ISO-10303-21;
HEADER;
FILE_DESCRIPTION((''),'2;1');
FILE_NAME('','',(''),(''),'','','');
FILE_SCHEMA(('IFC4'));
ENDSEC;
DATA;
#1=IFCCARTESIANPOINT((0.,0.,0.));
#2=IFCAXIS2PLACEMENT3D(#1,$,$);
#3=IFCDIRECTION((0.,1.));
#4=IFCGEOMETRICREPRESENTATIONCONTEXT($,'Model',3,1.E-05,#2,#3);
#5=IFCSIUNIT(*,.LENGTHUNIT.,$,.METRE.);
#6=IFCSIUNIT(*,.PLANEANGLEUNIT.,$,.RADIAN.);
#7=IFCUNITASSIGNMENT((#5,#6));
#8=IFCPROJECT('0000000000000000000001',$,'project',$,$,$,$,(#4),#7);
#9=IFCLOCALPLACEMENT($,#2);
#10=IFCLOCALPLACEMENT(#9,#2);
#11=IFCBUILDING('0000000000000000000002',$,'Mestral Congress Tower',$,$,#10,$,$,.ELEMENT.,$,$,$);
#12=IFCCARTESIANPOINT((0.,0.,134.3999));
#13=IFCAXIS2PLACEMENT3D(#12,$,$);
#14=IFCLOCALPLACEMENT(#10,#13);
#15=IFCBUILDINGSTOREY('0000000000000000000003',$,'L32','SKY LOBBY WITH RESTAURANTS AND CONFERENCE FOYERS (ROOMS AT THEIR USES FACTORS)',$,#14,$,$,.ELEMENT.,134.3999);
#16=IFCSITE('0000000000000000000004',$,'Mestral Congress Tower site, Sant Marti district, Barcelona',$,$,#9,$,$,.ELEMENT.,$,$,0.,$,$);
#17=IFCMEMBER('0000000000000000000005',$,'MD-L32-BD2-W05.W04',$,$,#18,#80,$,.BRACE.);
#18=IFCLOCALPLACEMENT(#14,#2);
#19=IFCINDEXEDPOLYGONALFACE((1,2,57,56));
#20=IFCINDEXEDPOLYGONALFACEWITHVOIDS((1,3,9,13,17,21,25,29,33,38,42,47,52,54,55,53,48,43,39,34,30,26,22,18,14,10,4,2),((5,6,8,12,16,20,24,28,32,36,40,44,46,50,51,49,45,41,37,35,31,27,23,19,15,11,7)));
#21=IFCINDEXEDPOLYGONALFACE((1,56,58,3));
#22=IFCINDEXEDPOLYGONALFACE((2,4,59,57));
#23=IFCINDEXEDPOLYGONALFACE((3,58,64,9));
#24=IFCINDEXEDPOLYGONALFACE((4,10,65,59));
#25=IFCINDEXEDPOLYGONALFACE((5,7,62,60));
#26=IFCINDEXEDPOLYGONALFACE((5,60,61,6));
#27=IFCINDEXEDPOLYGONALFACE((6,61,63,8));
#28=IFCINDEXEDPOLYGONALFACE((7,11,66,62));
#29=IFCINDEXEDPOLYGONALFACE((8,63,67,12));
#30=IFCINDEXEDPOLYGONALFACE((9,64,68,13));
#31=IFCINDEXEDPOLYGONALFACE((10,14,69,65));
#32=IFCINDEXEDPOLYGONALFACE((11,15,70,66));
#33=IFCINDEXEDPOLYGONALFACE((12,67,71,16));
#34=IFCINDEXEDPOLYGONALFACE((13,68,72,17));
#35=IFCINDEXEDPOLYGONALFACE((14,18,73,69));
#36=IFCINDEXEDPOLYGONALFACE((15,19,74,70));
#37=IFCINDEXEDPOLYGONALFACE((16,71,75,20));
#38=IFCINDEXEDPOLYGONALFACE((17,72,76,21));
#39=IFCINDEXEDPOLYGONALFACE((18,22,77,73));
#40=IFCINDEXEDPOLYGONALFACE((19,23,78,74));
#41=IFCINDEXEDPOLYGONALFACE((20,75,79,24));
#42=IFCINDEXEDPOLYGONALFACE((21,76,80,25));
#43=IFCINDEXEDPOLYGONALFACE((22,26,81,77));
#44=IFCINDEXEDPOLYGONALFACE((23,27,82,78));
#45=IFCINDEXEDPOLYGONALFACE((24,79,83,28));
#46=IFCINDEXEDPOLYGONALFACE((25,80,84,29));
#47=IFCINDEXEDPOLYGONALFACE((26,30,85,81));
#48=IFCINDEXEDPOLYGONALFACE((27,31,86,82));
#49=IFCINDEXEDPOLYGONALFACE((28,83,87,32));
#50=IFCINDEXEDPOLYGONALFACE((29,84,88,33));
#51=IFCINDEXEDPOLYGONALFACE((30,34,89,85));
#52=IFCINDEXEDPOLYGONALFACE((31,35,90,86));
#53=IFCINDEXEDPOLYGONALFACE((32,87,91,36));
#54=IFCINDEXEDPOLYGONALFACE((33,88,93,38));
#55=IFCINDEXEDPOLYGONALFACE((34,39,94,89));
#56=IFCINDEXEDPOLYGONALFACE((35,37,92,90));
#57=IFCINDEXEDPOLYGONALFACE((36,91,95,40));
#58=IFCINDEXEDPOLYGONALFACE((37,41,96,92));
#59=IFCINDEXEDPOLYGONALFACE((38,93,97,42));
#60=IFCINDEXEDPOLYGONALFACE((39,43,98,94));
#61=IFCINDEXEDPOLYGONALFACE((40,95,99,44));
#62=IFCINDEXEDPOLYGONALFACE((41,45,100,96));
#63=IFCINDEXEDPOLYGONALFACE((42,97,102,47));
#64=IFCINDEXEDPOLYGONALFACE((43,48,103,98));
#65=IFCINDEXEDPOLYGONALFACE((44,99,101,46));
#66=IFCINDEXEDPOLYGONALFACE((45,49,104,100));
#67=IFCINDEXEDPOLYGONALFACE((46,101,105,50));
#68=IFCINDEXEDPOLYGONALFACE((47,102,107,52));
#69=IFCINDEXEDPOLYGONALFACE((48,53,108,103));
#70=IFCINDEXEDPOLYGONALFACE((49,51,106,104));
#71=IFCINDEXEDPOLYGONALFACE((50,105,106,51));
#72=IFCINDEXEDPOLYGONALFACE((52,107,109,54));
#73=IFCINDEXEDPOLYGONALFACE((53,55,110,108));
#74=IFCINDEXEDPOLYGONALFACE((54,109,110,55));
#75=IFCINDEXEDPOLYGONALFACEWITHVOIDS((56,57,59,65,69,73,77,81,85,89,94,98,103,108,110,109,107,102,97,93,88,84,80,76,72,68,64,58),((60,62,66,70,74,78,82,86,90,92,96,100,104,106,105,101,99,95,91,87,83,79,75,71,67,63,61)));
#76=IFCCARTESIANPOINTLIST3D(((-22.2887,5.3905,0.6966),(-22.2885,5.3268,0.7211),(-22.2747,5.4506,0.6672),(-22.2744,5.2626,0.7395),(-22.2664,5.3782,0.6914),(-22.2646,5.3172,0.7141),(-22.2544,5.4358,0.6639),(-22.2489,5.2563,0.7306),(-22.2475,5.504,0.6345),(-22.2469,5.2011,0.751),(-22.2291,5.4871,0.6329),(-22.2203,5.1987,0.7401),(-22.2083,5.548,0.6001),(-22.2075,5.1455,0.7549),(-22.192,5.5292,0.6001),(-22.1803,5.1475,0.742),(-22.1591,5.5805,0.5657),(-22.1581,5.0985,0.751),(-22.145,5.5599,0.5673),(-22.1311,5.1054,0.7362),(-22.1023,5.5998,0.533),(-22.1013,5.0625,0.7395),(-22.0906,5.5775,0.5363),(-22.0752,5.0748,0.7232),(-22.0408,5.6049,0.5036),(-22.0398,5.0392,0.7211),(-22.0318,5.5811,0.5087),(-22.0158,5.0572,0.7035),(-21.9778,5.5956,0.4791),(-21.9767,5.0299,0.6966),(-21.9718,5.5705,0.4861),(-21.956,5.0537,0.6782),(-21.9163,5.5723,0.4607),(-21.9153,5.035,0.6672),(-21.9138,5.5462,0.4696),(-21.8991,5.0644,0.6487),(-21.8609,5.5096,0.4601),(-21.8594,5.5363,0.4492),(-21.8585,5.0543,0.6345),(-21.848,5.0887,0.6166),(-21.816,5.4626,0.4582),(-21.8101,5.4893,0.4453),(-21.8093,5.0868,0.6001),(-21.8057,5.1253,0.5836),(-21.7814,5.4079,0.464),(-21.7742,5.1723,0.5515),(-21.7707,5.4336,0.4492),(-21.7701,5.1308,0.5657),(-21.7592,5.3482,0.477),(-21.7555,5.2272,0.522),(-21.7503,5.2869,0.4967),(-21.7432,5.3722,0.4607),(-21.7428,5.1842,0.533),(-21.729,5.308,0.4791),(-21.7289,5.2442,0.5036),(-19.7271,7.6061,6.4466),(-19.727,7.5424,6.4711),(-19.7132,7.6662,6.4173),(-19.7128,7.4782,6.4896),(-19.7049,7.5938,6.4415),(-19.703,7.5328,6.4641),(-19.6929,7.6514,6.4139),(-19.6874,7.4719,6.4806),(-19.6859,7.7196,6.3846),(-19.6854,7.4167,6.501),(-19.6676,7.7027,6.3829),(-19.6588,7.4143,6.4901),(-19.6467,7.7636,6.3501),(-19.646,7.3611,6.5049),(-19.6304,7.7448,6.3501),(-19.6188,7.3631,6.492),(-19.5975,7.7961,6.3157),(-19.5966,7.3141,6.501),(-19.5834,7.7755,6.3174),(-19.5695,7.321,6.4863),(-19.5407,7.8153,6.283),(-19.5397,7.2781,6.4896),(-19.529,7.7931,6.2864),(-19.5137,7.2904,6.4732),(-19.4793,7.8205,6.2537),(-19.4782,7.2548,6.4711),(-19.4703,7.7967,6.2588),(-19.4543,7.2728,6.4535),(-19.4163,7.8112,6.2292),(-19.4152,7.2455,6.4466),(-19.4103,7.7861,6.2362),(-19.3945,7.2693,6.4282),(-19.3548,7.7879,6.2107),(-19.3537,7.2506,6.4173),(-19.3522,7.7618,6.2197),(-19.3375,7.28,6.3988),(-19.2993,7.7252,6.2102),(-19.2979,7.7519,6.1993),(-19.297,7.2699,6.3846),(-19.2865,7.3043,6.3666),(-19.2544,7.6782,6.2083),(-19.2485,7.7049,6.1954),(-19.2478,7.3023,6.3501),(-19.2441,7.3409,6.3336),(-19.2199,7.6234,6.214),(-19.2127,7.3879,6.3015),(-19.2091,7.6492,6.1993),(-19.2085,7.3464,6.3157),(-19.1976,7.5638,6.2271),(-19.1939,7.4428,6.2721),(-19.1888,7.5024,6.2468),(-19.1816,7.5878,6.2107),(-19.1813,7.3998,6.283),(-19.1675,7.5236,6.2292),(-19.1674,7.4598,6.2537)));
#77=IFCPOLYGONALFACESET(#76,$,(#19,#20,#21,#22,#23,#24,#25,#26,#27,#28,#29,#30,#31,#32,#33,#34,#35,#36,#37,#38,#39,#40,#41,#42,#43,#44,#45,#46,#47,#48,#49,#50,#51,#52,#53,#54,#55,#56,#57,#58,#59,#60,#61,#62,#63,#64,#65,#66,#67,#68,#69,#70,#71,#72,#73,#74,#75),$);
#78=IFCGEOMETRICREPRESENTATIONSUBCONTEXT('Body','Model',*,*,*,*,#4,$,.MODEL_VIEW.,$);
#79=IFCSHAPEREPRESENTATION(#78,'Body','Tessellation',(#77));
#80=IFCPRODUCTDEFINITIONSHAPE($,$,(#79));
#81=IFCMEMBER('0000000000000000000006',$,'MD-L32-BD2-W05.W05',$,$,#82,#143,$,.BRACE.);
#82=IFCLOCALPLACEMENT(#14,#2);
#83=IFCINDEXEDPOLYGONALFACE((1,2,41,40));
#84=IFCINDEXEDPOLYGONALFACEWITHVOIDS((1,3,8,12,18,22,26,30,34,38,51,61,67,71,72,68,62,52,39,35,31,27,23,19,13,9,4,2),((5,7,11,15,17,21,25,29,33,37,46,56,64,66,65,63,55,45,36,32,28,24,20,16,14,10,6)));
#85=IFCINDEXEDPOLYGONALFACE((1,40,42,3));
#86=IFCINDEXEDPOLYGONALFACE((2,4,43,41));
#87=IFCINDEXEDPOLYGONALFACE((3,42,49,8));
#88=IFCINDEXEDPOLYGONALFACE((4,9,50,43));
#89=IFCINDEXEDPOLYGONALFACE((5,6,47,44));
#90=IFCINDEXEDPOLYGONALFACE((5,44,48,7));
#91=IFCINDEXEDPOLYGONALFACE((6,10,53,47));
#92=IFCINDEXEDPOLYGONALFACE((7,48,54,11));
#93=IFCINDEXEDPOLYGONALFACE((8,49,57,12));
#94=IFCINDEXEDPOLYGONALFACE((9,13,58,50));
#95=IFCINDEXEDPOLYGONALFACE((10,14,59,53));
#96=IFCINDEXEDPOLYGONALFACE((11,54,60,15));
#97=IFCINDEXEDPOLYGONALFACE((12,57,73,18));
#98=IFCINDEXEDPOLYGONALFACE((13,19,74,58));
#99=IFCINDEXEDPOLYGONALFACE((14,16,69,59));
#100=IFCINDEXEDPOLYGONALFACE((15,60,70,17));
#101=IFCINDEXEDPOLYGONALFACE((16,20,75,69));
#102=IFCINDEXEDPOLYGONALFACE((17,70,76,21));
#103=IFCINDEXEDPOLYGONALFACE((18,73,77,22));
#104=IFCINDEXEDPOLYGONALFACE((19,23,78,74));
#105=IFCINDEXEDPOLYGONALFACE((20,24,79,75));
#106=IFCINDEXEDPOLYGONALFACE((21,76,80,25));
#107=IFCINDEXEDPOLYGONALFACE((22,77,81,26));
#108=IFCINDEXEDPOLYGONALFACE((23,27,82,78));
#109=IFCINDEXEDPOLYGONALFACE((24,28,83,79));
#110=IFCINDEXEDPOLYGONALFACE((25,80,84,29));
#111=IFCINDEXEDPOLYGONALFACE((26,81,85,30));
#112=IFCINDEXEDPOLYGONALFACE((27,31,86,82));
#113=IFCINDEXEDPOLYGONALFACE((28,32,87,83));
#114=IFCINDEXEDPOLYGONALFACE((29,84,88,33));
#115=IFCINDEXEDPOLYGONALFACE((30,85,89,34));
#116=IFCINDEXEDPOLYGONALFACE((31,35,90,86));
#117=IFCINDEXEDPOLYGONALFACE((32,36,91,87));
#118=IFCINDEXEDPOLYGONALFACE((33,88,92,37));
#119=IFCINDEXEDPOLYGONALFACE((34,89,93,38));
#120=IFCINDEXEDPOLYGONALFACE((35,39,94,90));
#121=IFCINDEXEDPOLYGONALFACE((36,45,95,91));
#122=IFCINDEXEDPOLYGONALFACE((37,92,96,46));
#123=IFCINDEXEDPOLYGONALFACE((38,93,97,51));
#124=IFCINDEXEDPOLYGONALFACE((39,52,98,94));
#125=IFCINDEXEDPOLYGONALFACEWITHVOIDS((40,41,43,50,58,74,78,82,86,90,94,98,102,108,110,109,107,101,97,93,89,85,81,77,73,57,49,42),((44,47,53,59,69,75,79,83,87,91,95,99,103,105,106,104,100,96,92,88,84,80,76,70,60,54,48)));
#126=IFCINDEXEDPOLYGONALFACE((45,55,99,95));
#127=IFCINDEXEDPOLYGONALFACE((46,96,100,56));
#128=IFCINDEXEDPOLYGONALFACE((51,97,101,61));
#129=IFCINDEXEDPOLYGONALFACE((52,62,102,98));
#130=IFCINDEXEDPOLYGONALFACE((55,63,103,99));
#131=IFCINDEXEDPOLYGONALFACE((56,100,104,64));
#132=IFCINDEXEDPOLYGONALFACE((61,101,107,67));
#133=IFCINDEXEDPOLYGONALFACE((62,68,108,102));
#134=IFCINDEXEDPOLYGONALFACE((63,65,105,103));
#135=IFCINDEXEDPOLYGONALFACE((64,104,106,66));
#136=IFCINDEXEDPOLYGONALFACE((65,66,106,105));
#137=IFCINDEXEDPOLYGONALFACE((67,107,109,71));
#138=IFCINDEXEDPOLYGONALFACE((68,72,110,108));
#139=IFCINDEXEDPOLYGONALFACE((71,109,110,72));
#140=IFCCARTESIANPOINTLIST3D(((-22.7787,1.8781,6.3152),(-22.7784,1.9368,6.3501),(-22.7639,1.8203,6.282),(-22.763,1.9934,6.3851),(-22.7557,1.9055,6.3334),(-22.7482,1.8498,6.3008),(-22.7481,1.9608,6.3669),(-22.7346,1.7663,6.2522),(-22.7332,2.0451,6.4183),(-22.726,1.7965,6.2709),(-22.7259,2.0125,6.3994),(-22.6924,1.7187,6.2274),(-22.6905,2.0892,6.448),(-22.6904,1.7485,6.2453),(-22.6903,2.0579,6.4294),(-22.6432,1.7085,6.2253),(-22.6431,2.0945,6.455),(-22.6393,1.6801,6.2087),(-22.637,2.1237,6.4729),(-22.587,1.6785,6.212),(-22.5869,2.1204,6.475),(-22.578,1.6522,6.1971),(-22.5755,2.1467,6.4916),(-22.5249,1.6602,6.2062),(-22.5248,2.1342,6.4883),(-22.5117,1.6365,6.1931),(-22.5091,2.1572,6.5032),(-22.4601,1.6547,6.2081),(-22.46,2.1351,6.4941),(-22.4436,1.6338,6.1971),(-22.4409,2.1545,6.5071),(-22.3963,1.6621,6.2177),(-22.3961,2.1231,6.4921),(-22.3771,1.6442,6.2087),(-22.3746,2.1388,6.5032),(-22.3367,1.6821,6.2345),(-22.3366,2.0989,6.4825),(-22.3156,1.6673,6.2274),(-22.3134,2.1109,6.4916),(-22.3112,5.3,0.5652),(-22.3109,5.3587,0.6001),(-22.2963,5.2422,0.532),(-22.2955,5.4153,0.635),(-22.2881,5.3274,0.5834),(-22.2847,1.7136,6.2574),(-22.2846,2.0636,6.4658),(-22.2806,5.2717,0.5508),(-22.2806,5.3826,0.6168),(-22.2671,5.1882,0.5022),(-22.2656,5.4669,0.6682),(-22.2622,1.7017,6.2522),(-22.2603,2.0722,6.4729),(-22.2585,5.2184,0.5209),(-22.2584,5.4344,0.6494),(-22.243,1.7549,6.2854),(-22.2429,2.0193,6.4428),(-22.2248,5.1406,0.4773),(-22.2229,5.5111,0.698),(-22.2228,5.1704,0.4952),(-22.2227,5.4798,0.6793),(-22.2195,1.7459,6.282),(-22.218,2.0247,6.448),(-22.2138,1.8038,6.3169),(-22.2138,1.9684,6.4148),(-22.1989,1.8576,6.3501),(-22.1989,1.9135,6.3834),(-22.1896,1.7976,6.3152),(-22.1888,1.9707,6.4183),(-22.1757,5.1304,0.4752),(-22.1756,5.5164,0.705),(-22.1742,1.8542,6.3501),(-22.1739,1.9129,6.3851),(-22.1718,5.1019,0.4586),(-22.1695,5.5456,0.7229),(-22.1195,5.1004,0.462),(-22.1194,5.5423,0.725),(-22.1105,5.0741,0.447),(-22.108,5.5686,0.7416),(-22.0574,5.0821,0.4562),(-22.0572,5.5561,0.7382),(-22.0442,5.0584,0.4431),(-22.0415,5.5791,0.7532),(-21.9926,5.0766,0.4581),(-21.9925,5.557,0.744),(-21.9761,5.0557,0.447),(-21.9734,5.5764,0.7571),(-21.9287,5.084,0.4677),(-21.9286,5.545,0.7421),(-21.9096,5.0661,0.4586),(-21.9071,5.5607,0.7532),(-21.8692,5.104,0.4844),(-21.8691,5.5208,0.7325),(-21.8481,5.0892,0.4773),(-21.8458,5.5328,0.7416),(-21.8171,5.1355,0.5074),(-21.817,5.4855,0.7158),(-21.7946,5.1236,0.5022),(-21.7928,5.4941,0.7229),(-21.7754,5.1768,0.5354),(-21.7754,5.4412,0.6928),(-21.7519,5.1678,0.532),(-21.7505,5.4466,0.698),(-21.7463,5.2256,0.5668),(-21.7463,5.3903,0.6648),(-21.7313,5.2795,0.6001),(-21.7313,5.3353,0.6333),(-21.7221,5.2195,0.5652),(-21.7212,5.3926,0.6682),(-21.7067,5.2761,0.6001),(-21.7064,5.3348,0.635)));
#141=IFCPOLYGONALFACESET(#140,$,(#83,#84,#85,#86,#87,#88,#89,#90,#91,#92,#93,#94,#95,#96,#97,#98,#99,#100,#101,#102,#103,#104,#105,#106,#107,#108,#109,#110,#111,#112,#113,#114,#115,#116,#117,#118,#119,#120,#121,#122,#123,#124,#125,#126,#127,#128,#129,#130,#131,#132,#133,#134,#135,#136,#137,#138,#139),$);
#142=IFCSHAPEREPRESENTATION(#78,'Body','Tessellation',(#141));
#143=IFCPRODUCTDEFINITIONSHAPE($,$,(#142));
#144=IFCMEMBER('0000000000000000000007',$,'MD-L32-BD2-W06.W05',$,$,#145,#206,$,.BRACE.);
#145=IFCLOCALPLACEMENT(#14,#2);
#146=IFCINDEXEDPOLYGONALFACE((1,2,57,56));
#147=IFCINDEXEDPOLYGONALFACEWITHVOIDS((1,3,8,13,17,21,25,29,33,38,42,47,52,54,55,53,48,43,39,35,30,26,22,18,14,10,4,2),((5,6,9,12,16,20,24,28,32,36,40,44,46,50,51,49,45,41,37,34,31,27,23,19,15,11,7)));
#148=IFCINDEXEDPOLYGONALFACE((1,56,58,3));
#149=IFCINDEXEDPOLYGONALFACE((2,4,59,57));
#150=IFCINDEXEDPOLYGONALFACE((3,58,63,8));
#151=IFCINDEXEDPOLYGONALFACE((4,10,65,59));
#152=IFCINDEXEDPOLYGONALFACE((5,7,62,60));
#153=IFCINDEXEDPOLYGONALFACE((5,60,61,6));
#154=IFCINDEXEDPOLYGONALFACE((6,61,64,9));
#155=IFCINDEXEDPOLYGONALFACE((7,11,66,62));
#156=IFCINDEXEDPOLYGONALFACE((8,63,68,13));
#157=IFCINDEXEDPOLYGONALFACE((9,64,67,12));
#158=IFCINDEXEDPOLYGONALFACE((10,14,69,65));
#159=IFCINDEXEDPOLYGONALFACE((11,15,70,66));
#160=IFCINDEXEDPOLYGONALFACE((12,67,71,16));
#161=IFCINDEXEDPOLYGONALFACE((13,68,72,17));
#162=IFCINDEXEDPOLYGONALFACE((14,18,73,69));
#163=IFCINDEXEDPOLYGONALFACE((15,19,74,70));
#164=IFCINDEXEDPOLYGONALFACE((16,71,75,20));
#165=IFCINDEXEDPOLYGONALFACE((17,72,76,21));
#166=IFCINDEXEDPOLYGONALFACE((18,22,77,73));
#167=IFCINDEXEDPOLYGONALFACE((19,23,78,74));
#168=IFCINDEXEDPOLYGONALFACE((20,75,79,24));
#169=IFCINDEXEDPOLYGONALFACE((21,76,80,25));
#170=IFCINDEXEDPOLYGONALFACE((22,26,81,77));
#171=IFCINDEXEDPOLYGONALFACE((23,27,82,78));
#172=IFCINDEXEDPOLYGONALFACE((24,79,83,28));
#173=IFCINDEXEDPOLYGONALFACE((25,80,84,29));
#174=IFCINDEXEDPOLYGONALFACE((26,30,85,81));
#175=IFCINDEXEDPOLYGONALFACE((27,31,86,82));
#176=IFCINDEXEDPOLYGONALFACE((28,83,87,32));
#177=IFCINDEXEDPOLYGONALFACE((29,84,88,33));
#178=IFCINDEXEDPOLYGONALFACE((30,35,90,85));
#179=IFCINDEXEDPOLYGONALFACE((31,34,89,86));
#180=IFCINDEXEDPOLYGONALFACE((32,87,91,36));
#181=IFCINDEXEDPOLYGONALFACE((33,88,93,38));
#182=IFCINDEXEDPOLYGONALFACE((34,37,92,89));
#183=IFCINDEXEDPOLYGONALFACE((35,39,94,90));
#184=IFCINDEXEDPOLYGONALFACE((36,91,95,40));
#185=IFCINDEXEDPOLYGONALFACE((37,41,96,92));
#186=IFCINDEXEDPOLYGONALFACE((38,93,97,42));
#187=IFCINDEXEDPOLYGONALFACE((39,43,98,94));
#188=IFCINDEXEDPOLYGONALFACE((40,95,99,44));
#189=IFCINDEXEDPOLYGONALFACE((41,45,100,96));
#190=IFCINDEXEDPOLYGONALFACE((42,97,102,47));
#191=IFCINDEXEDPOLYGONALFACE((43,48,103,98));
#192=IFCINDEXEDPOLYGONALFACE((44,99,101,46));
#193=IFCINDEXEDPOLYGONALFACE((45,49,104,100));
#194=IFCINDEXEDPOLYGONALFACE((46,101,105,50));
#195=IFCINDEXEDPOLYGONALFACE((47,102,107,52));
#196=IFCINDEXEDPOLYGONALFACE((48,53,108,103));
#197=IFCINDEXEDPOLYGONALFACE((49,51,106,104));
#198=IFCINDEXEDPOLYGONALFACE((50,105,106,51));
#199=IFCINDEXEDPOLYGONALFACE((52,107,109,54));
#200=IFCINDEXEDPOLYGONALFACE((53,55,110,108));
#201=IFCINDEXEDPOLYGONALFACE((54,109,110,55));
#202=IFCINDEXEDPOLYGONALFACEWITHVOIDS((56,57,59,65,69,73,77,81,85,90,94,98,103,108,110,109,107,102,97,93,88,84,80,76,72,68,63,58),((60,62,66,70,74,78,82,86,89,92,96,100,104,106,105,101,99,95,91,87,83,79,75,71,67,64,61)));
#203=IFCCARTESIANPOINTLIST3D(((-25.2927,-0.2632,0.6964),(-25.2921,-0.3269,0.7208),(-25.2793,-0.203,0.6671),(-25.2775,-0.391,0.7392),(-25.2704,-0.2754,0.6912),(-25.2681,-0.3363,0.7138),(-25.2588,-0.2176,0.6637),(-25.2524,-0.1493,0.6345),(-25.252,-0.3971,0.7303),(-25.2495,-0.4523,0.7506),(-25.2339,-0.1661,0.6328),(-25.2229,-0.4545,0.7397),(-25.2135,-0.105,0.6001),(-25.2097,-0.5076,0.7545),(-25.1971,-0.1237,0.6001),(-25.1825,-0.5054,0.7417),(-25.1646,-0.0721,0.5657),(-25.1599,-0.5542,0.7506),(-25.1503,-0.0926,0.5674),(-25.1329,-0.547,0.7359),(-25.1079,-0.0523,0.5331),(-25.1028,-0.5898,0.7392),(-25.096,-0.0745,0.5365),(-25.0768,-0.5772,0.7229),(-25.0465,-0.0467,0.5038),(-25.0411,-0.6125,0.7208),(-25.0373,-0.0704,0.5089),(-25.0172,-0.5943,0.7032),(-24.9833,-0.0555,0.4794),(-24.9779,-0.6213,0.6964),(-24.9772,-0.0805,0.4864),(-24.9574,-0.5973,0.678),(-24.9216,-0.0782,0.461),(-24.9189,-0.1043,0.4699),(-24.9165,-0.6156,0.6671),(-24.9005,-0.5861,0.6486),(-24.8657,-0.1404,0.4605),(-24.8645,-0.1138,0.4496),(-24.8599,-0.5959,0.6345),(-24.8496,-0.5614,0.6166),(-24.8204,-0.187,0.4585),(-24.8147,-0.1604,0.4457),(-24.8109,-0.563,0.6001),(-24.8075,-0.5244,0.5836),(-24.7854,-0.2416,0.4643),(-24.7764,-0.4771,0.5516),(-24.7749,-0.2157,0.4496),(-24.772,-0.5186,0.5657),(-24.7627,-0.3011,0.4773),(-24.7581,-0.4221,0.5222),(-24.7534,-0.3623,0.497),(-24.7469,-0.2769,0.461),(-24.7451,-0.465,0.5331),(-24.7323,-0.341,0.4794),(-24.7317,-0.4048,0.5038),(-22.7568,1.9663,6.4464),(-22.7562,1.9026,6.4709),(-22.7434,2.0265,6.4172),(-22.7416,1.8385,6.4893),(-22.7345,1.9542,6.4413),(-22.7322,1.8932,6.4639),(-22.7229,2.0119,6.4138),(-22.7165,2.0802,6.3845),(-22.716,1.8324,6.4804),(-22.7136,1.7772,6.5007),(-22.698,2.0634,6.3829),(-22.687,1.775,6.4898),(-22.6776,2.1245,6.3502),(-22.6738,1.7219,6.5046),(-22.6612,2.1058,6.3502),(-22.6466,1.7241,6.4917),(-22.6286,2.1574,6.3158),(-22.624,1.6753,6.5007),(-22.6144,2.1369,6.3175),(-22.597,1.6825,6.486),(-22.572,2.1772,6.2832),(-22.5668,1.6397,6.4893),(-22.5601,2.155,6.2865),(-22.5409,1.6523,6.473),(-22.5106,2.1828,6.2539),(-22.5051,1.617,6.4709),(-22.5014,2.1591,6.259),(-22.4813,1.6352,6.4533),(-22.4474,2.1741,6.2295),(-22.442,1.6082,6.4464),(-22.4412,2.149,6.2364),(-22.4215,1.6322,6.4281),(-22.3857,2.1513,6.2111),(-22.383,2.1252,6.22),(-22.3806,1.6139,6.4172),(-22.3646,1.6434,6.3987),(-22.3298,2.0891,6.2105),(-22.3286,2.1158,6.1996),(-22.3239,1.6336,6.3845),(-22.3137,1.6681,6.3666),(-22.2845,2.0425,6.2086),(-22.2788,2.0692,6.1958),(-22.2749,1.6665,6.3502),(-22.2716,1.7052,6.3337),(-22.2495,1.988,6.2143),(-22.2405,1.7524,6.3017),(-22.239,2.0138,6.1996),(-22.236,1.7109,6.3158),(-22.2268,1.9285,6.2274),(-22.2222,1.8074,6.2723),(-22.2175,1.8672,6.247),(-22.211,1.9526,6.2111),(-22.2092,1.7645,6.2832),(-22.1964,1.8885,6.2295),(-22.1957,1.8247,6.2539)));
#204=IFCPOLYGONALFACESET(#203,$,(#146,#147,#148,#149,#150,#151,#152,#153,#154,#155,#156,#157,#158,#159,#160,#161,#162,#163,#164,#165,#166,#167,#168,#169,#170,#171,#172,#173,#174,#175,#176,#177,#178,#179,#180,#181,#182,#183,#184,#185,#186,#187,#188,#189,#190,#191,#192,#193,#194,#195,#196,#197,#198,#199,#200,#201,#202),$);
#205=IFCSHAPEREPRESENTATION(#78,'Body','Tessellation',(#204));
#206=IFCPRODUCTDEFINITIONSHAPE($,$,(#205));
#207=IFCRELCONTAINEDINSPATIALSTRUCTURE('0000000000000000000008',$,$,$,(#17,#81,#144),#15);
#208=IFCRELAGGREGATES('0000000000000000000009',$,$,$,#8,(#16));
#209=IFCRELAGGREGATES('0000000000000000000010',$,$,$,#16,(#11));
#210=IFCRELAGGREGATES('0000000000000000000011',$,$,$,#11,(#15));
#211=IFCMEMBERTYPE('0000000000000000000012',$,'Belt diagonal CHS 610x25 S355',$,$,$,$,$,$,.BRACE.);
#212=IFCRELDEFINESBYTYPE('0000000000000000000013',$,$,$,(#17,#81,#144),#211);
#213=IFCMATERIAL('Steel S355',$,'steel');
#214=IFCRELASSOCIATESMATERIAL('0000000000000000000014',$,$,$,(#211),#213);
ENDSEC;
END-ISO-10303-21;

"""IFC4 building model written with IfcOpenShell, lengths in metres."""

from ifc_helpers import new_model, si_unit, direction, frame, origin, origin_2d, place, context, subcontext, project, spatial, hollow_circle, extrude, material, material_profile, profile_set, type_object, element, save


model = new_model("IFC4")

# Units and contexts
model_context = context("Model", 3, precision=1e-05, world=origin(), true_north=direction((0.0, 1.0)))
body_context = subcontext(model_context, "Body", "Model", "MODEL_VIEW")
ifc_project = project(units=[si_unit("LENGTHUNIT", "METRE"), si_unit("PLANEANGLEUNIT", "RADIAN")], contexts=[model_context])

# Site, building, storey
site_placement = place(None, origin())
site = spatial("IfcSite", under=ifc_project, at=site_placement, Name="Mestral Congress Tower site, Sant Marti district, Barcelona", CompositionType="ELEMENT", RefElevation=0.0)
building_placement = place(site_placement, origin())
building = spatial("IfcBuilding", under=site, at=building_placement, Name="Mestral Congress Tower", CompositionType="ELEMENT")
storey_placement = place(building_placement, frame((0.0, 0.0, 134.3999)))
storey = spatial("IfcBuildingStorey", under=building, at=storey_placement, Name="L32", Description="SKY LOBBY WITH RESTAURANTS AND CONFERENCE FOYERS (ROOMS AT THEIR USES FACTORS)", CompositionType="ELEMENT", Elevation=134.3999)

# Members
ifc_material_1 = material(Name="Steel S355", Category="steel")
ifc_material_profile_1 = material_profile(ifc_material_1, hollow_circle(Radius=0.3049, WallThickness=0.0249, at=origin_2d()), Name="CHS 610x25")
ifc_profile_set_1 = profile_set([ifc_material_profile_1], Name="Steel S355")
member_type_1 = type_object("IfcMemberType", Name="Belt diagonal CHS 610x25 S355", PredefinedType="BRACE", material=ifc_profile_set_1)
member_1_placement = place(storey_placement, frame((-22.0088, 5.3174, 0.6001), z_axis=(0.383848, 0.332007, 0.861645), x_axis=(-0.654186, 0.756333, 0.0)))
element("IfcMember", 1, at=member_1_placement, inside=storey, type_object=member_type_1, Name="MD-L32-BD2-W05.W04", PredefinedType="BRACE", context=body_context, shape_type="SweptSolid", body=[
    extrude(hollow_circle(Radius=0.3049, WallThickness=0.0249, at=origin_2d()), origin(), (0.0, 0.0, 1.0), 6.6733),
])
member_2_placement = place(storey_placement, frame((-22.0088, 5.3174, 0.6001), z_axis=(-0.069703, -0.510158, 0.857252), x_axis=(0.990795, -0.135372, 0.0)))
element("IfcMember", 2, at=member_2_placement, inside=storey, type_object=member_type_1, Name="MD-L32-BD2-W05.W05", PredefinedType="BRACE", context=body_context, shape_type="SweptSolid", body=[
    extrude(hollow_circle(Radius=0.3049, WallThickness=0.0249, at=origin_2d()), origin(), (0.0, 0.0, 1.0), 6.7075),
])
member_3_placement = place(storey_placement, frame((-25.0122, -0.334, 0.6001), z_axis=(0.3803, 0.334351, 0.862312), x_axis=(-0.660279, 0.75102, 0.0)))
element("IfcMember", 3, at=member_3_placement, inside=storey, type_object=member_type_1, Name="MD-L32-BD2-W06.W05", PredefinedType="BRACE", context=body_context, shape_type="SweptSolid", body=[
    extrude(hollow_circle(Radius=0.3049, WallThickness=0.0249, at=origin_2d()), origin(), (0.0, 0.0, 1.0), 6.6682),
])

save(model, "model.ifc")
